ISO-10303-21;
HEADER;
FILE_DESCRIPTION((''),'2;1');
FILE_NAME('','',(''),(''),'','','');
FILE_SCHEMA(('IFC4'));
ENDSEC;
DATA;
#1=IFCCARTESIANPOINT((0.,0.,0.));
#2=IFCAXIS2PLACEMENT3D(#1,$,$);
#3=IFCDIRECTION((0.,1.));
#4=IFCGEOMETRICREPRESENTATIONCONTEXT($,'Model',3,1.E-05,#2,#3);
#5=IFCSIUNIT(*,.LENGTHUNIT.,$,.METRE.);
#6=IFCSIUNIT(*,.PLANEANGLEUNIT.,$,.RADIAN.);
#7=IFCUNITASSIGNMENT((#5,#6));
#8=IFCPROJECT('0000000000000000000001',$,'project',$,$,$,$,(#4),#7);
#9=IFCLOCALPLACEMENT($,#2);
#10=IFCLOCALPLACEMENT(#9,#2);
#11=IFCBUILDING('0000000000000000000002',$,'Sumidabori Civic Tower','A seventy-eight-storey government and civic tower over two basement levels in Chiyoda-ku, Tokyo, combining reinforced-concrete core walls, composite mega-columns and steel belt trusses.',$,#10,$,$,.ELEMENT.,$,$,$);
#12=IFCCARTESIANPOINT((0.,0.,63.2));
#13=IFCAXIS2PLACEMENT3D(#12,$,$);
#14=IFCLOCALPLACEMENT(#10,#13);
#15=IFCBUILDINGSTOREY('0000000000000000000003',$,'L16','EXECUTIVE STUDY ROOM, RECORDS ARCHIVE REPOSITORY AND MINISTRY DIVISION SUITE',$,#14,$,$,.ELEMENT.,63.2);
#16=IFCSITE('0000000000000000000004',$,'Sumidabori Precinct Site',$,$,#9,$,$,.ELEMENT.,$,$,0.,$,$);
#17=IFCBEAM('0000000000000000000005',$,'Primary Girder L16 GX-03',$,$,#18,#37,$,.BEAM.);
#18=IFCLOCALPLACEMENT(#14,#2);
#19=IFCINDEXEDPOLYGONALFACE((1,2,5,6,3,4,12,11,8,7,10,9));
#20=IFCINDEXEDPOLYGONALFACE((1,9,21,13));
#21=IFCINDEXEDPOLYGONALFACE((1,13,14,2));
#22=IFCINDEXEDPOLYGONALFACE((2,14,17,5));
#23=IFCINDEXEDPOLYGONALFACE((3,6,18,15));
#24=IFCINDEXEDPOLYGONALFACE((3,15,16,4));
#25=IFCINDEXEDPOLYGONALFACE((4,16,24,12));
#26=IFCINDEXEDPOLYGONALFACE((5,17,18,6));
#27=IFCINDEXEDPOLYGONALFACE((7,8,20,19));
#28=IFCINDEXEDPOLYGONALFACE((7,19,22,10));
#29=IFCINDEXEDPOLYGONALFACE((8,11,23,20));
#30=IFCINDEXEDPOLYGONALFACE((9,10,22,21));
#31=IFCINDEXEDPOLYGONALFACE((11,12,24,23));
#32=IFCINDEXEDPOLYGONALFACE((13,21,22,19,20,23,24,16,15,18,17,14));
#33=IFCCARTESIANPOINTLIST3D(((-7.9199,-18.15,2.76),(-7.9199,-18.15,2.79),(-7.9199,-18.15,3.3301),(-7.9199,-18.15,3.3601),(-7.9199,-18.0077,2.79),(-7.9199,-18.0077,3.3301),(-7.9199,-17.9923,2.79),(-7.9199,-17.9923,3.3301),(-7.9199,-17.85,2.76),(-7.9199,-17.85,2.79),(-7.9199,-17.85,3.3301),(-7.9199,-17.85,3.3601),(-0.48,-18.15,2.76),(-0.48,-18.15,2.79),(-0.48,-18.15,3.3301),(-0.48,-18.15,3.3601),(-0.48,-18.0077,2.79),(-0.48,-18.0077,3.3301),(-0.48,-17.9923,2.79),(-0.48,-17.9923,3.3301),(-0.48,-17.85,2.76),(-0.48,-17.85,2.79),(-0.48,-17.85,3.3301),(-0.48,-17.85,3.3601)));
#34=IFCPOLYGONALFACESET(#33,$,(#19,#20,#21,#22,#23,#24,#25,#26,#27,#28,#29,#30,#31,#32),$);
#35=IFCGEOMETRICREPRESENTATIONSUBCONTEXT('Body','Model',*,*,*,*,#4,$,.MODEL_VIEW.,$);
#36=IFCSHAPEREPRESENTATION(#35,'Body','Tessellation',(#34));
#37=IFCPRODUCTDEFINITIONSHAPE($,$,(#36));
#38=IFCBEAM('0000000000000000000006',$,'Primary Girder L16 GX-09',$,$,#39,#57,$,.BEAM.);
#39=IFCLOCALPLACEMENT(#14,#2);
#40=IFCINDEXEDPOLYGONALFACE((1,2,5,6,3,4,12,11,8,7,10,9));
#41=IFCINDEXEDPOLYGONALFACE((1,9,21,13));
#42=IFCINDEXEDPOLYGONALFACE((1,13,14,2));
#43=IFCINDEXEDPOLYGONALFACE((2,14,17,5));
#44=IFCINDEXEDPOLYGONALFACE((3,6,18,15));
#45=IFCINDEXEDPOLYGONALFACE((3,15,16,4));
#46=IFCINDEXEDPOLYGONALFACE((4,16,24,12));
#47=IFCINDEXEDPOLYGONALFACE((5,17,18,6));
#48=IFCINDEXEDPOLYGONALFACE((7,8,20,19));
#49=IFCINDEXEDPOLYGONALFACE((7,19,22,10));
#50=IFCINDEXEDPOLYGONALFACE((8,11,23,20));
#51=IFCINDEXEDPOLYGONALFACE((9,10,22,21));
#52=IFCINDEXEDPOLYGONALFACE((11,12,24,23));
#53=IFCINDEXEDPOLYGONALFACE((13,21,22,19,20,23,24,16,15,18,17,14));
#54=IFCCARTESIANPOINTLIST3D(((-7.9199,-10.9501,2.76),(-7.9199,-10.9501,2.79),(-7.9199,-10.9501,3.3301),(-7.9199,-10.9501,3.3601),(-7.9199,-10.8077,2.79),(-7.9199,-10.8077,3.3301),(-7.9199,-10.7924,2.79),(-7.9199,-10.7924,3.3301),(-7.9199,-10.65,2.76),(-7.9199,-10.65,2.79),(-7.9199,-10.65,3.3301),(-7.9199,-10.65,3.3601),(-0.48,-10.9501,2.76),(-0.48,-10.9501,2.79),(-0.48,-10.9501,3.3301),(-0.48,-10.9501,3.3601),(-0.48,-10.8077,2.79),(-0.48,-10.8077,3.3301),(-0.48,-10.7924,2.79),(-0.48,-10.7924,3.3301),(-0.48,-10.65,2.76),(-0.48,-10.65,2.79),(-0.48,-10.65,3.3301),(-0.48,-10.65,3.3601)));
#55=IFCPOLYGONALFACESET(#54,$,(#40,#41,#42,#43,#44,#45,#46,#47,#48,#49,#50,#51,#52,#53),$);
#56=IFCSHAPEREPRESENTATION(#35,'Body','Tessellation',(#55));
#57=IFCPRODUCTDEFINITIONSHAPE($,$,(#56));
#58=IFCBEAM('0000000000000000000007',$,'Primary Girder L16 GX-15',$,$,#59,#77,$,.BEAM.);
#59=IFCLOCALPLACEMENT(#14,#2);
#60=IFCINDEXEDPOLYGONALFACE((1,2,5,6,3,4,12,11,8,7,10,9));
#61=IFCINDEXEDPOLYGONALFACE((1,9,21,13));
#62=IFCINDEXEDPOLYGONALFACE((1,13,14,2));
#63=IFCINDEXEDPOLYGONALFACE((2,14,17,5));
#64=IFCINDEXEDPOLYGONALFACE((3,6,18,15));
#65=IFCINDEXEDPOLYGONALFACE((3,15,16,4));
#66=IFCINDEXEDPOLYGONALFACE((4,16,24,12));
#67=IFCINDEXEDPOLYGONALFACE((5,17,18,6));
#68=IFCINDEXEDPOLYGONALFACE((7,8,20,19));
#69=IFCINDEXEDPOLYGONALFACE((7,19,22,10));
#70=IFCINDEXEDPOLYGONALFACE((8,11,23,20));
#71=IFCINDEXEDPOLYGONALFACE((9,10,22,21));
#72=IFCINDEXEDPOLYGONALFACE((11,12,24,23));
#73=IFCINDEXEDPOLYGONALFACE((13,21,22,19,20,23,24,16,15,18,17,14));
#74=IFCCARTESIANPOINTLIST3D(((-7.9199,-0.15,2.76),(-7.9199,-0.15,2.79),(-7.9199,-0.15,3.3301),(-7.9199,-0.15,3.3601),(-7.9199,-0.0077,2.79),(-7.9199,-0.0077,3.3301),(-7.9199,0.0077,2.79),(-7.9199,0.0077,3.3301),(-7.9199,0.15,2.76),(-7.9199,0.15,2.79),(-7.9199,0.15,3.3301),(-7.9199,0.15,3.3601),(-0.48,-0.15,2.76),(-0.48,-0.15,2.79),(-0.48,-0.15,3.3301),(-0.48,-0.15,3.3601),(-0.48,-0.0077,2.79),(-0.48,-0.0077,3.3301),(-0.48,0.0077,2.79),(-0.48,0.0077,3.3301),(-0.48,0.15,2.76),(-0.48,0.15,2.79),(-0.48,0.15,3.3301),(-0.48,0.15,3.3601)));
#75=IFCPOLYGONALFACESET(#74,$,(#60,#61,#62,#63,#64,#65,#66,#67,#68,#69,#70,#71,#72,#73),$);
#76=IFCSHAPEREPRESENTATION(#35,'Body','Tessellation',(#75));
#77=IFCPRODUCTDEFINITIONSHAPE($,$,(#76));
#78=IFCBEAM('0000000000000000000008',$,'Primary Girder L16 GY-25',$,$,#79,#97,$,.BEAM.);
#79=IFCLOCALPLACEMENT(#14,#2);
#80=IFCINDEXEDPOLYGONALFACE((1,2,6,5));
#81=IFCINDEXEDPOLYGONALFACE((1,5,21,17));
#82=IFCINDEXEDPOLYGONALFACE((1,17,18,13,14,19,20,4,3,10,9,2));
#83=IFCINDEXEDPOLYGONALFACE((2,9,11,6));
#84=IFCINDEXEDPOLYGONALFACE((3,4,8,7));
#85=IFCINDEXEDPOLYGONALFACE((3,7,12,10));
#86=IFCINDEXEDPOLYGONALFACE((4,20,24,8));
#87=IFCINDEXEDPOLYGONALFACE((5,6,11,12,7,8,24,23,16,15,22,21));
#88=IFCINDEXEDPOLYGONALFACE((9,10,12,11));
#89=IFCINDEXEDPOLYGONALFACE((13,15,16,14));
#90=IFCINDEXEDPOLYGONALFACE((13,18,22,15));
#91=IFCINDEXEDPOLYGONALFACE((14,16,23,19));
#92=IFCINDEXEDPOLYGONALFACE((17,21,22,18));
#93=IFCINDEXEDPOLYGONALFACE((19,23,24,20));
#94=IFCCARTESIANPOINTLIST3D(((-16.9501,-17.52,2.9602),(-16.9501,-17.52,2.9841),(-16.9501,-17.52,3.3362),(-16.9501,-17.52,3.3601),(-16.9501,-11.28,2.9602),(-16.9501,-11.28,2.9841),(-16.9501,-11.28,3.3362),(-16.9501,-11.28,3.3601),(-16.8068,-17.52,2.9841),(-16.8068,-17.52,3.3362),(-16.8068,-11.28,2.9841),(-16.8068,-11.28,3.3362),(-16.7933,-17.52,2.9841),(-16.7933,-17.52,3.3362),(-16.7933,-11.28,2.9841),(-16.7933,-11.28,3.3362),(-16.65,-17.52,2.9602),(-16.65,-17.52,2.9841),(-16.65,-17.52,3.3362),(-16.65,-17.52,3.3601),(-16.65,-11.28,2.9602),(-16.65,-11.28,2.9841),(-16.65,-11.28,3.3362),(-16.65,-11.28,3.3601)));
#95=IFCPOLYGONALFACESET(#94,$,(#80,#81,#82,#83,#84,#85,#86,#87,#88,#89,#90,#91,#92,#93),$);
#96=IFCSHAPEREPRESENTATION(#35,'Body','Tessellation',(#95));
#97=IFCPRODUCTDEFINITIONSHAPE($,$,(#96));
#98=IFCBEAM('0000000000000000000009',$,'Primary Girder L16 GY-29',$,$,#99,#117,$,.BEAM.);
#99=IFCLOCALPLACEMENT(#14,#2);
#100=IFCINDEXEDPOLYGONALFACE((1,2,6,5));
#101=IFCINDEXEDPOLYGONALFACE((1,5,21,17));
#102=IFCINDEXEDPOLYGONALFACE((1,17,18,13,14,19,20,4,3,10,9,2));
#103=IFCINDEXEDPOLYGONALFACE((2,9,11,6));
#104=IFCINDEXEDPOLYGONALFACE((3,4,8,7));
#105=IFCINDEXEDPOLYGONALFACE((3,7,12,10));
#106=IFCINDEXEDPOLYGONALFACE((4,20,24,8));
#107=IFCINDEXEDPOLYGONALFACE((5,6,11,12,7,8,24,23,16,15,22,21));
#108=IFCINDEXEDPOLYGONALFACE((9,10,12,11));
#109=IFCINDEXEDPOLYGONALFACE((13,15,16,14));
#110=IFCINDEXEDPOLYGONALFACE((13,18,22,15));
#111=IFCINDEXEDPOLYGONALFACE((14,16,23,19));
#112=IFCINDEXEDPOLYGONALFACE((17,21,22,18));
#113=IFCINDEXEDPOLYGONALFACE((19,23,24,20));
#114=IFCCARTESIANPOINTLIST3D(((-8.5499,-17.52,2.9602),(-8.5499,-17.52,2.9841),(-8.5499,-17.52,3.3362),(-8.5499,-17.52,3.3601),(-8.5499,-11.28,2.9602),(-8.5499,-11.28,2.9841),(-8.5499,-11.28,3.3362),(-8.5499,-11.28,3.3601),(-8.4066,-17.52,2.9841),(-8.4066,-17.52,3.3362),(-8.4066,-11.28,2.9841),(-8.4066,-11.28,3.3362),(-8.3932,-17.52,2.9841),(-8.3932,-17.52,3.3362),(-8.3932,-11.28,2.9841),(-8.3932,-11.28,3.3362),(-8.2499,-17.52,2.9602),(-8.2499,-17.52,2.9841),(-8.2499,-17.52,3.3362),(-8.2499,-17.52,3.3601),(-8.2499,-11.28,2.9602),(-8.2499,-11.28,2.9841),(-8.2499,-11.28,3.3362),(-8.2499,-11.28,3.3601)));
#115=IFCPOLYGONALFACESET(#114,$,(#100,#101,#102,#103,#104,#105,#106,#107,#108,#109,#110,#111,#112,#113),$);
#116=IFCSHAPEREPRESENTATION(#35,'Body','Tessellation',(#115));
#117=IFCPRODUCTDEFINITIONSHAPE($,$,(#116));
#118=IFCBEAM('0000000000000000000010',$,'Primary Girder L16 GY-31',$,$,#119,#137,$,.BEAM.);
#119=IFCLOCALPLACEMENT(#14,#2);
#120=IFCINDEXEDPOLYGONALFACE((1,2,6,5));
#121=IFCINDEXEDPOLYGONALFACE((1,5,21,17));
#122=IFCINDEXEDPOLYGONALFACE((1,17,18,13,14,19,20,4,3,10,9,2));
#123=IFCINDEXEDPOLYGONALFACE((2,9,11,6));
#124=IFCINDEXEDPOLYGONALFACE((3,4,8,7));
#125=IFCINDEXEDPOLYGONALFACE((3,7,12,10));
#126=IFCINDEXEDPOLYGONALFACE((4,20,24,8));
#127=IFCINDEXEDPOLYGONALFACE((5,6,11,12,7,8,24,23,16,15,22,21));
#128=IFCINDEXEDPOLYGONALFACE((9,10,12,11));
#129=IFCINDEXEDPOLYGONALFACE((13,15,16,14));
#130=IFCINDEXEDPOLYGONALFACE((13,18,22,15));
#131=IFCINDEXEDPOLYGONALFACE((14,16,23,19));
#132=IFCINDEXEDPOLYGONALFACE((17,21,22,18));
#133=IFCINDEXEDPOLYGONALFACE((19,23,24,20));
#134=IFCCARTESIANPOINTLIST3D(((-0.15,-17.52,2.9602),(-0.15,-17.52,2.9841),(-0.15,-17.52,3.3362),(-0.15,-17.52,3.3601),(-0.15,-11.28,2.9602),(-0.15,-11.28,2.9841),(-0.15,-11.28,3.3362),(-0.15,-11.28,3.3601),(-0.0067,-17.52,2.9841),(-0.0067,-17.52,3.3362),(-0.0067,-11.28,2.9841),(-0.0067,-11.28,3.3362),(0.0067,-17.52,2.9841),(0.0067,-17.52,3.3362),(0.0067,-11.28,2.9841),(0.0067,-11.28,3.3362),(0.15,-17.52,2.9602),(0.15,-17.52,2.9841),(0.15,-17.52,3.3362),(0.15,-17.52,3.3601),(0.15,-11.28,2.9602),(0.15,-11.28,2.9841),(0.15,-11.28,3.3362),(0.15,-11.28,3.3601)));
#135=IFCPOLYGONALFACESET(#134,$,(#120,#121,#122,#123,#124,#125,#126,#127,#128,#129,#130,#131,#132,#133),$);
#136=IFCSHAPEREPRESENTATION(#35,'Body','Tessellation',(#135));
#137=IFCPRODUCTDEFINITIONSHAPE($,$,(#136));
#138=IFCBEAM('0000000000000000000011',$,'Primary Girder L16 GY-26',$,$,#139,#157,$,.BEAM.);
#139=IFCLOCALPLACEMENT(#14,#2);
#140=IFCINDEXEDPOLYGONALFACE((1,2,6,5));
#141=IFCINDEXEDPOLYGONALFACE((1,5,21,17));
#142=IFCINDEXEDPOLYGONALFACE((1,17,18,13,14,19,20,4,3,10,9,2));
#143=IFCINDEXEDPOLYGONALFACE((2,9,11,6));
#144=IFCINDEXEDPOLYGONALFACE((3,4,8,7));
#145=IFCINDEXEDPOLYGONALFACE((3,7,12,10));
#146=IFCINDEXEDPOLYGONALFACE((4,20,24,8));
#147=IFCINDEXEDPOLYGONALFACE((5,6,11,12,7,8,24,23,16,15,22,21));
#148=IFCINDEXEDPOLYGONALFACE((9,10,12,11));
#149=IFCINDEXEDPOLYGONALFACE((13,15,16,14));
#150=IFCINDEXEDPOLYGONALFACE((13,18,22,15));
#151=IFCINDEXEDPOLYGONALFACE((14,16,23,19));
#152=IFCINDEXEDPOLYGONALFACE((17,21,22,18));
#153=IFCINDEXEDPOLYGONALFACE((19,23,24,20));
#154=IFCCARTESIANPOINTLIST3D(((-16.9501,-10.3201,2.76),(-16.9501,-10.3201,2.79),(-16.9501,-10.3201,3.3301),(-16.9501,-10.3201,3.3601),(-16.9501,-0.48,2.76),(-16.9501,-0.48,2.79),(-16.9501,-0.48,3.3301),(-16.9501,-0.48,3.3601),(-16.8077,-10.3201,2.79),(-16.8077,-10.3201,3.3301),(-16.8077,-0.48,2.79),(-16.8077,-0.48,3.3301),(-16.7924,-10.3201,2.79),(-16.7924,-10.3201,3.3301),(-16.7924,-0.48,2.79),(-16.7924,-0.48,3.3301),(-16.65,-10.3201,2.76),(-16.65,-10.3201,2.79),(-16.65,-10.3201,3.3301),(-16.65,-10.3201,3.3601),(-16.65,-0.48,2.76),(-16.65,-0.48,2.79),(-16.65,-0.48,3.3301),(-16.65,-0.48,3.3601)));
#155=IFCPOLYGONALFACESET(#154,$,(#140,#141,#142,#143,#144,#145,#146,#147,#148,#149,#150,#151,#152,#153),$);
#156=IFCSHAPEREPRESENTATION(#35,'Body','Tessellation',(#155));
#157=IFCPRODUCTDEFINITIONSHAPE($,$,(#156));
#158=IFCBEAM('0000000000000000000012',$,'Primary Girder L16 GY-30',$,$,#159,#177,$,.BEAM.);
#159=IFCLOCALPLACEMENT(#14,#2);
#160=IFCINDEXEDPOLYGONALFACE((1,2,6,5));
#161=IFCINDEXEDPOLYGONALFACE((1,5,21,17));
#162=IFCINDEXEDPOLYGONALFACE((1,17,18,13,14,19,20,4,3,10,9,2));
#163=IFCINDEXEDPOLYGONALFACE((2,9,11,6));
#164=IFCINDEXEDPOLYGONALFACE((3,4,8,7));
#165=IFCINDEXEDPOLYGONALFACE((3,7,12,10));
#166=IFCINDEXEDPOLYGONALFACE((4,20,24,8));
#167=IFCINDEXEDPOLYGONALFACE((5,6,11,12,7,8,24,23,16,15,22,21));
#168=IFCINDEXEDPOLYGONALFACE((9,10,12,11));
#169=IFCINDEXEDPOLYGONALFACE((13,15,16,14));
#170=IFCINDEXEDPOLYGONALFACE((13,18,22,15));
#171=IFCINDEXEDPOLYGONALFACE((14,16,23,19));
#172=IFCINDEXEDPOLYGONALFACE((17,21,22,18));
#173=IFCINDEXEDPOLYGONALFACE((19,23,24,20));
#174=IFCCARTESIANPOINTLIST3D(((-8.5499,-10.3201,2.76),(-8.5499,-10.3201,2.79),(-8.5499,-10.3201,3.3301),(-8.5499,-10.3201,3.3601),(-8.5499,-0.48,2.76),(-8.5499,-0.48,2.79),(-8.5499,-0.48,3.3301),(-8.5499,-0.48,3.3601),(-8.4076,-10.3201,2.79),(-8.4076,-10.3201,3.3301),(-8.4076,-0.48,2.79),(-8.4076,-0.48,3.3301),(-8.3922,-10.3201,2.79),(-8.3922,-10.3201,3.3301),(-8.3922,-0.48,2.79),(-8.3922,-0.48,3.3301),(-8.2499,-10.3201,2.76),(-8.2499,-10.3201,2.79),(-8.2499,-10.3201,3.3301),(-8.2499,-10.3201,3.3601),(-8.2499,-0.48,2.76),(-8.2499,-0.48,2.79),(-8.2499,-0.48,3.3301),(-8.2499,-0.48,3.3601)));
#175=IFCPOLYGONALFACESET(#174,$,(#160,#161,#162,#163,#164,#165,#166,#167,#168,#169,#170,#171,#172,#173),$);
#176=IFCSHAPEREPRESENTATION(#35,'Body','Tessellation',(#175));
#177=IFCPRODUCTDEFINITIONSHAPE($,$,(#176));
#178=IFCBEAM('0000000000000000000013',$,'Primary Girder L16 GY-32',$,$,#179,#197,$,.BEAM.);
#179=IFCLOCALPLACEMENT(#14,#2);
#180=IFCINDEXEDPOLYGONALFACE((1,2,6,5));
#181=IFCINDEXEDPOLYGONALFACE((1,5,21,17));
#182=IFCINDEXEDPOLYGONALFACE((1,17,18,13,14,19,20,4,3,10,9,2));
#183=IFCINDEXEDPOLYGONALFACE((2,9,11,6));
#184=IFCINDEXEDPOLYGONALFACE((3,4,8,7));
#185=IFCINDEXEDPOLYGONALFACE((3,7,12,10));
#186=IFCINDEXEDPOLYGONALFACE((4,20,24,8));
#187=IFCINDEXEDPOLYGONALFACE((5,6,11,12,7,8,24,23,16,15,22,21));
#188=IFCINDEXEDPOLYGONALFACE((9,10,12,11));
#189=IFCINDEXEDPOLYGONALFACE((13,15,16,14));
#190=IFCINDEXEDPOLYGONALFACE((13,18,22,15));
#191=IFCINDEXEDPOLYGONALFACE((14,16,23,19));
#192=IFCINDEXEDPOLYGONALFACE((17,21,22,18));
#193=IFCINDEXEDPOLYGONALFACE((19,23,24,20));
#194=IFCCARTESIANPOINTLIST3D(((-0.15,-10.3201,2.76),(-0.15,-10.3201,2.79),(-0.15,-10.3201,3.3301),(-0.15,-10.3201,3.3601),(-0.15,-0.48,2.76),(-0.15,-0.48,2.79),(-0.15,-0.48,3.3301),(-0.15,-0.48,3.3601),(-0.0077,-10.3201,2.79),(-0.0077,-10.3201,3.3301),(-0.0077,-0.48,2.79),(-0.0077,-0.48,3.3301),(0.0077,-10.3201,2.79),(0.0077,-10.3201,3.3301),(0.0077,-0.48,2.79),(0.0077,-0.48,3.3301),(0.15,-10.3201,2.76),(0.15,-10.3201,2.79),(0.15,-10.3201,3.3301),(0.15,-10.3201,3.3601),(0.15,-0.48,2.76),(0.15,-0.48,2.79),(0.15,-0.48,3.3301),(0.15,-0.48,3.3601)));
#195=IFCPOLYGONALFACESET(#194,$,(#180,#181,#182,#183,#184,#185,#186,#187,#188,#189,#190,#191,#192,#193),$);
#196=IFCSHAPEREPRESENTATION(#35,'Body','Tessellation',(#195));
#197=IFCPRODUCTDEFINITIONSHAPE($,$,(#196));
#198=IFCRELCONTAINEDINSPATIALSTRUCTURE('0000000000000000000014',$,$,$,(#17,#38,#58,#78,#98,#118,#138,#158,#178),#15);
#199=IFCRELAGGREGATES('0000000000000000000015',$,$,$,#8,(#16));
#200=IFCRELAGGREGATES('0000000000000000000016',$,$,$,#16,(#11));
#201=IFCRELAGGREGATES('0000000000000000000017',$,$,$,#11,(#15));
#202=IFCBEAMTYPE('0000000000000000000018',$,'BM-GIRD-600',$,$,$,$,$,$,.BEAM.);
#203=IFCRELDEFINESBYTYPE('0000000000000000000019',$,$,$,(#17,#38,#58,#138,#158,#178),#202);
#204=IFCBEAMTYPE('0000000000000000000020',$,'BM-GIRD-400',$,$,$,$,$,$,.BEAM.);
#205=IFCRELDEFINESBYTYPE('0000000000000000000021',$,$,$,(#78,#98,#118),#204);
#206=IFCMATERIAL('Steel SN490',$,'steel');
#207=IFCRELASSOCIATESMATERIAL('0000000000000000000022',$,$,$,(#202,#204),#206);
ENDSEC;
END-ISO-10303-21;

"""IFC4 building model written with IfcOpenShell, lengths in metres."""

from ifc_helpers import new_model, si_unit, direction, frame, origin, origin_2d, place, context, subcontext, project, spatial, i_section, extrude, source, transform, mapped, material, material_profile, profile_set, type_object, element, save


model = new_model("IFC4")

# Units and contexts
model_context = context("Model", 3, precision=1e-05, world=origin(), true_north=direction((0.0, 1.0)))
body_context = subcontext(model_context, "Body", "Model", "MODEL_VIEW")
ifc_project = project(units=[si_unit("LENGTHUNIT", "METRE"), si_unit("PLANEANGLEUNIT", "RADIAN")], contexts=[model_context])

# Site, building, storey
site_placement = place(None, origin())
site = spatial("IfcSite", under=ifc_project, at=site_placement, Name="Sumidabori Precinct Site", CompositionType="ELEMENT", RefElevation=0.0)
building_placement = place(site_placement, origin())
building = spatial("IfcBuilding", under=site, at=building_placement, Name="Sumidabori Civic Tower", Description="A seventy-eight-storey government and civic tower over two basement levels in Chiyoda-ku, Tokyo, combining reinforced-concrete core walls, composite mega-columns and steel belt trusses.", CompositionType="ELEMENT")
storey_placement = place(building_placement, frame((0.0, 0.0, 63.2)))
storey = spatial("IfcBuildingStorey", under=building, at=storey_placement, Name="L16", Description="EXECUTIVE STUDY ROOM, RECORDS ARCHIVE REPOSITORY AND MINISTRY DIVISION SUITE", CompositionType="ELEMENT", Elevation=63.2)

# Beams
ifc_material_1 = material(Name="Steel SN490", Category="steel")
ifc_material_profile_1 = material_profile(ifc_material_1, i_section(OverallWidth=0.3, OverallDepth=0.6001, WebThickness=0.0154, FlangeThickness=0.03, at=origin_2d()), Name="HE 600 B")
ifc_profile_set_1 = profile_set([ifc_material_profile_1], Name="Steel SN490")
beam_type_1 = type_object("IfcBeamType", Name="BM-GIRD-600", PredefinedType="BEAM", material=ifc_profile_set_1)
shared_shape_1 = source(origin(), body_context, "Body", "SweptSolid", [
    extrude(i_section(OverallWidth=0.3, OverallDepth=0.6001, WebThickness=0.0154, FlangeThickness=0.03, at=origin_2d()), origin(), (0.0, 0.0, 1.0), 7.4399),
])
for number, where, z_axis, x_axis, name in (
    (1, (-7.9199, -18.0, 3.0601), (1.0, 0.0, 0.0), (0.0, 1.0, 0.0), "Primary Girder L16 GX-03"),
    (2, (-7.9199, -10.8, 3.0601), (1.0, 0.0, 0.0), (0.0, 1.0, 0.0), "Primary Girder L16 GX-09"),
    (3, (-7.9199, 0.0, 3.0601), (1.0, 0.0, 0.0), (0.0, 1.0, 0.0), "Primary Girder L16 GX-15"),
):
    element("IfcBeam", number, at=place(storey_placement, frame(where, z_axis=z_axis, x_axis=x_axis)), inside=storey, type_object=beam_type_1, Name=name, PredefinedType="BEAM", context=body_context, shape_type="MappedRepresentation", body=[
        mapped(shared_shape_1, transform((0.0, 0.0, 0.0), x_axis=(1.0, 0.0, 0.0), y_axis=(0.0, 1.0, 0.0), z_axis=(0.0, 0.0, 1.0), scale=1.0)),
    ])
ifc_material_profile_2 = material_profile(ifc_material_1, i_section(OverallWidth=0.3, OverallDepth=0.3999, WebThickness=0.0134, FlangeThickness=0.0239, at=origin_2d()), Name="HE 400 B")
ifc_profile_set_2 = profile_set([ifc_material_profile_2], Name="Steel SN490")
beam_type_2 = type_object("IfcBeamType", Name="BM-GIRD-400", PredefinedType="BEAM", material=ifc_profile_set_2)
shared_shape_2 = source(origin(), body_context, "Body", "SweptSolid", [
    extrude(i_section(OverallWidth=0.3, OverallDepth=0.3999, WebThickness=0.0134, FlangeThickness=0.0239, at=origin_2d()), origin(), (0.0, 0.0, 1.0), 6.24),
])
for number, where, z_axis, x_axis, name in (
    (4, (-16.8, -17.52, 3.1602), (0.0, 1.0, 0.0), (-1.0, 0.0, 0.0), "Primary Girder L16 GY-25"),
    (5, (-8.3999, -17.52, 3.1602), (0.0, 1.0, 0.0), (-1.0, 0.0, 0.0), "Primary Girder L16 GY-29"),
    (6, (0.0, -17.52, 3.1602), (0.0, 1.0, 0.0), (-1.0, 0.0, 0.0), "Primary Girder L16 GY-31"),
):
    element("IfcBeam", number, at=place(storey_placement, frame(where, z_axis=z_axis, x_axis=x_axis)), inside=storey, type_object=beam_type_2, Name=name, PredefinedType="BEAM", context=body_context, shape_type="MappedRepresentation", body=[
        mapped(shared_shape_2, transform((0.0, 0.0, 0.0), x_axis=(1.0, 0.0, 0.0), y_axis=(0.0, 1.0, 0.0), z_axis=(0.0, 0.0, 1.0), scale=1.0)),
    ])
shared_shape_3 = source(origin(), body_context, "Body", "SweptSolid", [
    extrude(i_section(OverallWidth=0.3, OverallDepth=0.6001, WebThickness=0.0154, FlangeThickness=0.03, at=origin_2d()), origin(), (0.0, 0.0, 1.0), 9.8401),
])
for number, where, z_axis, x_axis, name in (
    (7, (-16.8, -10.3201, 3.0601), (0.0, 1.0, 0.0), (-1.0, 0.0, 0.0), "Primary Girder L16 GY-26"),
    (8, (-8.3999, -10.3201, 3.0601), (0.0, 1.0, 0.0), (-1.0, 0.0, 0.0), "Primary Girder L16 GY-30"),
    (9, (0.0, -10.3201, 3.0601), (0.0, 1.0, 0.0), (-1.0, 0.0, 0.0), "Primary Girder L16 GY-32"),
):
    element("IfcBeam", number, at=place(storey_placement, frame(where, z_axis=z_axis, x_axis=x_axis)), inside=storey, type_object=beam_type_1, Name=name, PredefinedType="BEAM", context=body_context, shape_type="MappedRepresentation", body=[
        mapped(shared_shape_3, transform((0.0, 0.0, 0.0), x_axis=(1.0, 0.0, 0.0), y_axis=(0.0, 1.0, 0.0), z_axis=(0.0, 0.0, 1.0), scale=1.0)),
    ])

save(model, "model.ifc")
